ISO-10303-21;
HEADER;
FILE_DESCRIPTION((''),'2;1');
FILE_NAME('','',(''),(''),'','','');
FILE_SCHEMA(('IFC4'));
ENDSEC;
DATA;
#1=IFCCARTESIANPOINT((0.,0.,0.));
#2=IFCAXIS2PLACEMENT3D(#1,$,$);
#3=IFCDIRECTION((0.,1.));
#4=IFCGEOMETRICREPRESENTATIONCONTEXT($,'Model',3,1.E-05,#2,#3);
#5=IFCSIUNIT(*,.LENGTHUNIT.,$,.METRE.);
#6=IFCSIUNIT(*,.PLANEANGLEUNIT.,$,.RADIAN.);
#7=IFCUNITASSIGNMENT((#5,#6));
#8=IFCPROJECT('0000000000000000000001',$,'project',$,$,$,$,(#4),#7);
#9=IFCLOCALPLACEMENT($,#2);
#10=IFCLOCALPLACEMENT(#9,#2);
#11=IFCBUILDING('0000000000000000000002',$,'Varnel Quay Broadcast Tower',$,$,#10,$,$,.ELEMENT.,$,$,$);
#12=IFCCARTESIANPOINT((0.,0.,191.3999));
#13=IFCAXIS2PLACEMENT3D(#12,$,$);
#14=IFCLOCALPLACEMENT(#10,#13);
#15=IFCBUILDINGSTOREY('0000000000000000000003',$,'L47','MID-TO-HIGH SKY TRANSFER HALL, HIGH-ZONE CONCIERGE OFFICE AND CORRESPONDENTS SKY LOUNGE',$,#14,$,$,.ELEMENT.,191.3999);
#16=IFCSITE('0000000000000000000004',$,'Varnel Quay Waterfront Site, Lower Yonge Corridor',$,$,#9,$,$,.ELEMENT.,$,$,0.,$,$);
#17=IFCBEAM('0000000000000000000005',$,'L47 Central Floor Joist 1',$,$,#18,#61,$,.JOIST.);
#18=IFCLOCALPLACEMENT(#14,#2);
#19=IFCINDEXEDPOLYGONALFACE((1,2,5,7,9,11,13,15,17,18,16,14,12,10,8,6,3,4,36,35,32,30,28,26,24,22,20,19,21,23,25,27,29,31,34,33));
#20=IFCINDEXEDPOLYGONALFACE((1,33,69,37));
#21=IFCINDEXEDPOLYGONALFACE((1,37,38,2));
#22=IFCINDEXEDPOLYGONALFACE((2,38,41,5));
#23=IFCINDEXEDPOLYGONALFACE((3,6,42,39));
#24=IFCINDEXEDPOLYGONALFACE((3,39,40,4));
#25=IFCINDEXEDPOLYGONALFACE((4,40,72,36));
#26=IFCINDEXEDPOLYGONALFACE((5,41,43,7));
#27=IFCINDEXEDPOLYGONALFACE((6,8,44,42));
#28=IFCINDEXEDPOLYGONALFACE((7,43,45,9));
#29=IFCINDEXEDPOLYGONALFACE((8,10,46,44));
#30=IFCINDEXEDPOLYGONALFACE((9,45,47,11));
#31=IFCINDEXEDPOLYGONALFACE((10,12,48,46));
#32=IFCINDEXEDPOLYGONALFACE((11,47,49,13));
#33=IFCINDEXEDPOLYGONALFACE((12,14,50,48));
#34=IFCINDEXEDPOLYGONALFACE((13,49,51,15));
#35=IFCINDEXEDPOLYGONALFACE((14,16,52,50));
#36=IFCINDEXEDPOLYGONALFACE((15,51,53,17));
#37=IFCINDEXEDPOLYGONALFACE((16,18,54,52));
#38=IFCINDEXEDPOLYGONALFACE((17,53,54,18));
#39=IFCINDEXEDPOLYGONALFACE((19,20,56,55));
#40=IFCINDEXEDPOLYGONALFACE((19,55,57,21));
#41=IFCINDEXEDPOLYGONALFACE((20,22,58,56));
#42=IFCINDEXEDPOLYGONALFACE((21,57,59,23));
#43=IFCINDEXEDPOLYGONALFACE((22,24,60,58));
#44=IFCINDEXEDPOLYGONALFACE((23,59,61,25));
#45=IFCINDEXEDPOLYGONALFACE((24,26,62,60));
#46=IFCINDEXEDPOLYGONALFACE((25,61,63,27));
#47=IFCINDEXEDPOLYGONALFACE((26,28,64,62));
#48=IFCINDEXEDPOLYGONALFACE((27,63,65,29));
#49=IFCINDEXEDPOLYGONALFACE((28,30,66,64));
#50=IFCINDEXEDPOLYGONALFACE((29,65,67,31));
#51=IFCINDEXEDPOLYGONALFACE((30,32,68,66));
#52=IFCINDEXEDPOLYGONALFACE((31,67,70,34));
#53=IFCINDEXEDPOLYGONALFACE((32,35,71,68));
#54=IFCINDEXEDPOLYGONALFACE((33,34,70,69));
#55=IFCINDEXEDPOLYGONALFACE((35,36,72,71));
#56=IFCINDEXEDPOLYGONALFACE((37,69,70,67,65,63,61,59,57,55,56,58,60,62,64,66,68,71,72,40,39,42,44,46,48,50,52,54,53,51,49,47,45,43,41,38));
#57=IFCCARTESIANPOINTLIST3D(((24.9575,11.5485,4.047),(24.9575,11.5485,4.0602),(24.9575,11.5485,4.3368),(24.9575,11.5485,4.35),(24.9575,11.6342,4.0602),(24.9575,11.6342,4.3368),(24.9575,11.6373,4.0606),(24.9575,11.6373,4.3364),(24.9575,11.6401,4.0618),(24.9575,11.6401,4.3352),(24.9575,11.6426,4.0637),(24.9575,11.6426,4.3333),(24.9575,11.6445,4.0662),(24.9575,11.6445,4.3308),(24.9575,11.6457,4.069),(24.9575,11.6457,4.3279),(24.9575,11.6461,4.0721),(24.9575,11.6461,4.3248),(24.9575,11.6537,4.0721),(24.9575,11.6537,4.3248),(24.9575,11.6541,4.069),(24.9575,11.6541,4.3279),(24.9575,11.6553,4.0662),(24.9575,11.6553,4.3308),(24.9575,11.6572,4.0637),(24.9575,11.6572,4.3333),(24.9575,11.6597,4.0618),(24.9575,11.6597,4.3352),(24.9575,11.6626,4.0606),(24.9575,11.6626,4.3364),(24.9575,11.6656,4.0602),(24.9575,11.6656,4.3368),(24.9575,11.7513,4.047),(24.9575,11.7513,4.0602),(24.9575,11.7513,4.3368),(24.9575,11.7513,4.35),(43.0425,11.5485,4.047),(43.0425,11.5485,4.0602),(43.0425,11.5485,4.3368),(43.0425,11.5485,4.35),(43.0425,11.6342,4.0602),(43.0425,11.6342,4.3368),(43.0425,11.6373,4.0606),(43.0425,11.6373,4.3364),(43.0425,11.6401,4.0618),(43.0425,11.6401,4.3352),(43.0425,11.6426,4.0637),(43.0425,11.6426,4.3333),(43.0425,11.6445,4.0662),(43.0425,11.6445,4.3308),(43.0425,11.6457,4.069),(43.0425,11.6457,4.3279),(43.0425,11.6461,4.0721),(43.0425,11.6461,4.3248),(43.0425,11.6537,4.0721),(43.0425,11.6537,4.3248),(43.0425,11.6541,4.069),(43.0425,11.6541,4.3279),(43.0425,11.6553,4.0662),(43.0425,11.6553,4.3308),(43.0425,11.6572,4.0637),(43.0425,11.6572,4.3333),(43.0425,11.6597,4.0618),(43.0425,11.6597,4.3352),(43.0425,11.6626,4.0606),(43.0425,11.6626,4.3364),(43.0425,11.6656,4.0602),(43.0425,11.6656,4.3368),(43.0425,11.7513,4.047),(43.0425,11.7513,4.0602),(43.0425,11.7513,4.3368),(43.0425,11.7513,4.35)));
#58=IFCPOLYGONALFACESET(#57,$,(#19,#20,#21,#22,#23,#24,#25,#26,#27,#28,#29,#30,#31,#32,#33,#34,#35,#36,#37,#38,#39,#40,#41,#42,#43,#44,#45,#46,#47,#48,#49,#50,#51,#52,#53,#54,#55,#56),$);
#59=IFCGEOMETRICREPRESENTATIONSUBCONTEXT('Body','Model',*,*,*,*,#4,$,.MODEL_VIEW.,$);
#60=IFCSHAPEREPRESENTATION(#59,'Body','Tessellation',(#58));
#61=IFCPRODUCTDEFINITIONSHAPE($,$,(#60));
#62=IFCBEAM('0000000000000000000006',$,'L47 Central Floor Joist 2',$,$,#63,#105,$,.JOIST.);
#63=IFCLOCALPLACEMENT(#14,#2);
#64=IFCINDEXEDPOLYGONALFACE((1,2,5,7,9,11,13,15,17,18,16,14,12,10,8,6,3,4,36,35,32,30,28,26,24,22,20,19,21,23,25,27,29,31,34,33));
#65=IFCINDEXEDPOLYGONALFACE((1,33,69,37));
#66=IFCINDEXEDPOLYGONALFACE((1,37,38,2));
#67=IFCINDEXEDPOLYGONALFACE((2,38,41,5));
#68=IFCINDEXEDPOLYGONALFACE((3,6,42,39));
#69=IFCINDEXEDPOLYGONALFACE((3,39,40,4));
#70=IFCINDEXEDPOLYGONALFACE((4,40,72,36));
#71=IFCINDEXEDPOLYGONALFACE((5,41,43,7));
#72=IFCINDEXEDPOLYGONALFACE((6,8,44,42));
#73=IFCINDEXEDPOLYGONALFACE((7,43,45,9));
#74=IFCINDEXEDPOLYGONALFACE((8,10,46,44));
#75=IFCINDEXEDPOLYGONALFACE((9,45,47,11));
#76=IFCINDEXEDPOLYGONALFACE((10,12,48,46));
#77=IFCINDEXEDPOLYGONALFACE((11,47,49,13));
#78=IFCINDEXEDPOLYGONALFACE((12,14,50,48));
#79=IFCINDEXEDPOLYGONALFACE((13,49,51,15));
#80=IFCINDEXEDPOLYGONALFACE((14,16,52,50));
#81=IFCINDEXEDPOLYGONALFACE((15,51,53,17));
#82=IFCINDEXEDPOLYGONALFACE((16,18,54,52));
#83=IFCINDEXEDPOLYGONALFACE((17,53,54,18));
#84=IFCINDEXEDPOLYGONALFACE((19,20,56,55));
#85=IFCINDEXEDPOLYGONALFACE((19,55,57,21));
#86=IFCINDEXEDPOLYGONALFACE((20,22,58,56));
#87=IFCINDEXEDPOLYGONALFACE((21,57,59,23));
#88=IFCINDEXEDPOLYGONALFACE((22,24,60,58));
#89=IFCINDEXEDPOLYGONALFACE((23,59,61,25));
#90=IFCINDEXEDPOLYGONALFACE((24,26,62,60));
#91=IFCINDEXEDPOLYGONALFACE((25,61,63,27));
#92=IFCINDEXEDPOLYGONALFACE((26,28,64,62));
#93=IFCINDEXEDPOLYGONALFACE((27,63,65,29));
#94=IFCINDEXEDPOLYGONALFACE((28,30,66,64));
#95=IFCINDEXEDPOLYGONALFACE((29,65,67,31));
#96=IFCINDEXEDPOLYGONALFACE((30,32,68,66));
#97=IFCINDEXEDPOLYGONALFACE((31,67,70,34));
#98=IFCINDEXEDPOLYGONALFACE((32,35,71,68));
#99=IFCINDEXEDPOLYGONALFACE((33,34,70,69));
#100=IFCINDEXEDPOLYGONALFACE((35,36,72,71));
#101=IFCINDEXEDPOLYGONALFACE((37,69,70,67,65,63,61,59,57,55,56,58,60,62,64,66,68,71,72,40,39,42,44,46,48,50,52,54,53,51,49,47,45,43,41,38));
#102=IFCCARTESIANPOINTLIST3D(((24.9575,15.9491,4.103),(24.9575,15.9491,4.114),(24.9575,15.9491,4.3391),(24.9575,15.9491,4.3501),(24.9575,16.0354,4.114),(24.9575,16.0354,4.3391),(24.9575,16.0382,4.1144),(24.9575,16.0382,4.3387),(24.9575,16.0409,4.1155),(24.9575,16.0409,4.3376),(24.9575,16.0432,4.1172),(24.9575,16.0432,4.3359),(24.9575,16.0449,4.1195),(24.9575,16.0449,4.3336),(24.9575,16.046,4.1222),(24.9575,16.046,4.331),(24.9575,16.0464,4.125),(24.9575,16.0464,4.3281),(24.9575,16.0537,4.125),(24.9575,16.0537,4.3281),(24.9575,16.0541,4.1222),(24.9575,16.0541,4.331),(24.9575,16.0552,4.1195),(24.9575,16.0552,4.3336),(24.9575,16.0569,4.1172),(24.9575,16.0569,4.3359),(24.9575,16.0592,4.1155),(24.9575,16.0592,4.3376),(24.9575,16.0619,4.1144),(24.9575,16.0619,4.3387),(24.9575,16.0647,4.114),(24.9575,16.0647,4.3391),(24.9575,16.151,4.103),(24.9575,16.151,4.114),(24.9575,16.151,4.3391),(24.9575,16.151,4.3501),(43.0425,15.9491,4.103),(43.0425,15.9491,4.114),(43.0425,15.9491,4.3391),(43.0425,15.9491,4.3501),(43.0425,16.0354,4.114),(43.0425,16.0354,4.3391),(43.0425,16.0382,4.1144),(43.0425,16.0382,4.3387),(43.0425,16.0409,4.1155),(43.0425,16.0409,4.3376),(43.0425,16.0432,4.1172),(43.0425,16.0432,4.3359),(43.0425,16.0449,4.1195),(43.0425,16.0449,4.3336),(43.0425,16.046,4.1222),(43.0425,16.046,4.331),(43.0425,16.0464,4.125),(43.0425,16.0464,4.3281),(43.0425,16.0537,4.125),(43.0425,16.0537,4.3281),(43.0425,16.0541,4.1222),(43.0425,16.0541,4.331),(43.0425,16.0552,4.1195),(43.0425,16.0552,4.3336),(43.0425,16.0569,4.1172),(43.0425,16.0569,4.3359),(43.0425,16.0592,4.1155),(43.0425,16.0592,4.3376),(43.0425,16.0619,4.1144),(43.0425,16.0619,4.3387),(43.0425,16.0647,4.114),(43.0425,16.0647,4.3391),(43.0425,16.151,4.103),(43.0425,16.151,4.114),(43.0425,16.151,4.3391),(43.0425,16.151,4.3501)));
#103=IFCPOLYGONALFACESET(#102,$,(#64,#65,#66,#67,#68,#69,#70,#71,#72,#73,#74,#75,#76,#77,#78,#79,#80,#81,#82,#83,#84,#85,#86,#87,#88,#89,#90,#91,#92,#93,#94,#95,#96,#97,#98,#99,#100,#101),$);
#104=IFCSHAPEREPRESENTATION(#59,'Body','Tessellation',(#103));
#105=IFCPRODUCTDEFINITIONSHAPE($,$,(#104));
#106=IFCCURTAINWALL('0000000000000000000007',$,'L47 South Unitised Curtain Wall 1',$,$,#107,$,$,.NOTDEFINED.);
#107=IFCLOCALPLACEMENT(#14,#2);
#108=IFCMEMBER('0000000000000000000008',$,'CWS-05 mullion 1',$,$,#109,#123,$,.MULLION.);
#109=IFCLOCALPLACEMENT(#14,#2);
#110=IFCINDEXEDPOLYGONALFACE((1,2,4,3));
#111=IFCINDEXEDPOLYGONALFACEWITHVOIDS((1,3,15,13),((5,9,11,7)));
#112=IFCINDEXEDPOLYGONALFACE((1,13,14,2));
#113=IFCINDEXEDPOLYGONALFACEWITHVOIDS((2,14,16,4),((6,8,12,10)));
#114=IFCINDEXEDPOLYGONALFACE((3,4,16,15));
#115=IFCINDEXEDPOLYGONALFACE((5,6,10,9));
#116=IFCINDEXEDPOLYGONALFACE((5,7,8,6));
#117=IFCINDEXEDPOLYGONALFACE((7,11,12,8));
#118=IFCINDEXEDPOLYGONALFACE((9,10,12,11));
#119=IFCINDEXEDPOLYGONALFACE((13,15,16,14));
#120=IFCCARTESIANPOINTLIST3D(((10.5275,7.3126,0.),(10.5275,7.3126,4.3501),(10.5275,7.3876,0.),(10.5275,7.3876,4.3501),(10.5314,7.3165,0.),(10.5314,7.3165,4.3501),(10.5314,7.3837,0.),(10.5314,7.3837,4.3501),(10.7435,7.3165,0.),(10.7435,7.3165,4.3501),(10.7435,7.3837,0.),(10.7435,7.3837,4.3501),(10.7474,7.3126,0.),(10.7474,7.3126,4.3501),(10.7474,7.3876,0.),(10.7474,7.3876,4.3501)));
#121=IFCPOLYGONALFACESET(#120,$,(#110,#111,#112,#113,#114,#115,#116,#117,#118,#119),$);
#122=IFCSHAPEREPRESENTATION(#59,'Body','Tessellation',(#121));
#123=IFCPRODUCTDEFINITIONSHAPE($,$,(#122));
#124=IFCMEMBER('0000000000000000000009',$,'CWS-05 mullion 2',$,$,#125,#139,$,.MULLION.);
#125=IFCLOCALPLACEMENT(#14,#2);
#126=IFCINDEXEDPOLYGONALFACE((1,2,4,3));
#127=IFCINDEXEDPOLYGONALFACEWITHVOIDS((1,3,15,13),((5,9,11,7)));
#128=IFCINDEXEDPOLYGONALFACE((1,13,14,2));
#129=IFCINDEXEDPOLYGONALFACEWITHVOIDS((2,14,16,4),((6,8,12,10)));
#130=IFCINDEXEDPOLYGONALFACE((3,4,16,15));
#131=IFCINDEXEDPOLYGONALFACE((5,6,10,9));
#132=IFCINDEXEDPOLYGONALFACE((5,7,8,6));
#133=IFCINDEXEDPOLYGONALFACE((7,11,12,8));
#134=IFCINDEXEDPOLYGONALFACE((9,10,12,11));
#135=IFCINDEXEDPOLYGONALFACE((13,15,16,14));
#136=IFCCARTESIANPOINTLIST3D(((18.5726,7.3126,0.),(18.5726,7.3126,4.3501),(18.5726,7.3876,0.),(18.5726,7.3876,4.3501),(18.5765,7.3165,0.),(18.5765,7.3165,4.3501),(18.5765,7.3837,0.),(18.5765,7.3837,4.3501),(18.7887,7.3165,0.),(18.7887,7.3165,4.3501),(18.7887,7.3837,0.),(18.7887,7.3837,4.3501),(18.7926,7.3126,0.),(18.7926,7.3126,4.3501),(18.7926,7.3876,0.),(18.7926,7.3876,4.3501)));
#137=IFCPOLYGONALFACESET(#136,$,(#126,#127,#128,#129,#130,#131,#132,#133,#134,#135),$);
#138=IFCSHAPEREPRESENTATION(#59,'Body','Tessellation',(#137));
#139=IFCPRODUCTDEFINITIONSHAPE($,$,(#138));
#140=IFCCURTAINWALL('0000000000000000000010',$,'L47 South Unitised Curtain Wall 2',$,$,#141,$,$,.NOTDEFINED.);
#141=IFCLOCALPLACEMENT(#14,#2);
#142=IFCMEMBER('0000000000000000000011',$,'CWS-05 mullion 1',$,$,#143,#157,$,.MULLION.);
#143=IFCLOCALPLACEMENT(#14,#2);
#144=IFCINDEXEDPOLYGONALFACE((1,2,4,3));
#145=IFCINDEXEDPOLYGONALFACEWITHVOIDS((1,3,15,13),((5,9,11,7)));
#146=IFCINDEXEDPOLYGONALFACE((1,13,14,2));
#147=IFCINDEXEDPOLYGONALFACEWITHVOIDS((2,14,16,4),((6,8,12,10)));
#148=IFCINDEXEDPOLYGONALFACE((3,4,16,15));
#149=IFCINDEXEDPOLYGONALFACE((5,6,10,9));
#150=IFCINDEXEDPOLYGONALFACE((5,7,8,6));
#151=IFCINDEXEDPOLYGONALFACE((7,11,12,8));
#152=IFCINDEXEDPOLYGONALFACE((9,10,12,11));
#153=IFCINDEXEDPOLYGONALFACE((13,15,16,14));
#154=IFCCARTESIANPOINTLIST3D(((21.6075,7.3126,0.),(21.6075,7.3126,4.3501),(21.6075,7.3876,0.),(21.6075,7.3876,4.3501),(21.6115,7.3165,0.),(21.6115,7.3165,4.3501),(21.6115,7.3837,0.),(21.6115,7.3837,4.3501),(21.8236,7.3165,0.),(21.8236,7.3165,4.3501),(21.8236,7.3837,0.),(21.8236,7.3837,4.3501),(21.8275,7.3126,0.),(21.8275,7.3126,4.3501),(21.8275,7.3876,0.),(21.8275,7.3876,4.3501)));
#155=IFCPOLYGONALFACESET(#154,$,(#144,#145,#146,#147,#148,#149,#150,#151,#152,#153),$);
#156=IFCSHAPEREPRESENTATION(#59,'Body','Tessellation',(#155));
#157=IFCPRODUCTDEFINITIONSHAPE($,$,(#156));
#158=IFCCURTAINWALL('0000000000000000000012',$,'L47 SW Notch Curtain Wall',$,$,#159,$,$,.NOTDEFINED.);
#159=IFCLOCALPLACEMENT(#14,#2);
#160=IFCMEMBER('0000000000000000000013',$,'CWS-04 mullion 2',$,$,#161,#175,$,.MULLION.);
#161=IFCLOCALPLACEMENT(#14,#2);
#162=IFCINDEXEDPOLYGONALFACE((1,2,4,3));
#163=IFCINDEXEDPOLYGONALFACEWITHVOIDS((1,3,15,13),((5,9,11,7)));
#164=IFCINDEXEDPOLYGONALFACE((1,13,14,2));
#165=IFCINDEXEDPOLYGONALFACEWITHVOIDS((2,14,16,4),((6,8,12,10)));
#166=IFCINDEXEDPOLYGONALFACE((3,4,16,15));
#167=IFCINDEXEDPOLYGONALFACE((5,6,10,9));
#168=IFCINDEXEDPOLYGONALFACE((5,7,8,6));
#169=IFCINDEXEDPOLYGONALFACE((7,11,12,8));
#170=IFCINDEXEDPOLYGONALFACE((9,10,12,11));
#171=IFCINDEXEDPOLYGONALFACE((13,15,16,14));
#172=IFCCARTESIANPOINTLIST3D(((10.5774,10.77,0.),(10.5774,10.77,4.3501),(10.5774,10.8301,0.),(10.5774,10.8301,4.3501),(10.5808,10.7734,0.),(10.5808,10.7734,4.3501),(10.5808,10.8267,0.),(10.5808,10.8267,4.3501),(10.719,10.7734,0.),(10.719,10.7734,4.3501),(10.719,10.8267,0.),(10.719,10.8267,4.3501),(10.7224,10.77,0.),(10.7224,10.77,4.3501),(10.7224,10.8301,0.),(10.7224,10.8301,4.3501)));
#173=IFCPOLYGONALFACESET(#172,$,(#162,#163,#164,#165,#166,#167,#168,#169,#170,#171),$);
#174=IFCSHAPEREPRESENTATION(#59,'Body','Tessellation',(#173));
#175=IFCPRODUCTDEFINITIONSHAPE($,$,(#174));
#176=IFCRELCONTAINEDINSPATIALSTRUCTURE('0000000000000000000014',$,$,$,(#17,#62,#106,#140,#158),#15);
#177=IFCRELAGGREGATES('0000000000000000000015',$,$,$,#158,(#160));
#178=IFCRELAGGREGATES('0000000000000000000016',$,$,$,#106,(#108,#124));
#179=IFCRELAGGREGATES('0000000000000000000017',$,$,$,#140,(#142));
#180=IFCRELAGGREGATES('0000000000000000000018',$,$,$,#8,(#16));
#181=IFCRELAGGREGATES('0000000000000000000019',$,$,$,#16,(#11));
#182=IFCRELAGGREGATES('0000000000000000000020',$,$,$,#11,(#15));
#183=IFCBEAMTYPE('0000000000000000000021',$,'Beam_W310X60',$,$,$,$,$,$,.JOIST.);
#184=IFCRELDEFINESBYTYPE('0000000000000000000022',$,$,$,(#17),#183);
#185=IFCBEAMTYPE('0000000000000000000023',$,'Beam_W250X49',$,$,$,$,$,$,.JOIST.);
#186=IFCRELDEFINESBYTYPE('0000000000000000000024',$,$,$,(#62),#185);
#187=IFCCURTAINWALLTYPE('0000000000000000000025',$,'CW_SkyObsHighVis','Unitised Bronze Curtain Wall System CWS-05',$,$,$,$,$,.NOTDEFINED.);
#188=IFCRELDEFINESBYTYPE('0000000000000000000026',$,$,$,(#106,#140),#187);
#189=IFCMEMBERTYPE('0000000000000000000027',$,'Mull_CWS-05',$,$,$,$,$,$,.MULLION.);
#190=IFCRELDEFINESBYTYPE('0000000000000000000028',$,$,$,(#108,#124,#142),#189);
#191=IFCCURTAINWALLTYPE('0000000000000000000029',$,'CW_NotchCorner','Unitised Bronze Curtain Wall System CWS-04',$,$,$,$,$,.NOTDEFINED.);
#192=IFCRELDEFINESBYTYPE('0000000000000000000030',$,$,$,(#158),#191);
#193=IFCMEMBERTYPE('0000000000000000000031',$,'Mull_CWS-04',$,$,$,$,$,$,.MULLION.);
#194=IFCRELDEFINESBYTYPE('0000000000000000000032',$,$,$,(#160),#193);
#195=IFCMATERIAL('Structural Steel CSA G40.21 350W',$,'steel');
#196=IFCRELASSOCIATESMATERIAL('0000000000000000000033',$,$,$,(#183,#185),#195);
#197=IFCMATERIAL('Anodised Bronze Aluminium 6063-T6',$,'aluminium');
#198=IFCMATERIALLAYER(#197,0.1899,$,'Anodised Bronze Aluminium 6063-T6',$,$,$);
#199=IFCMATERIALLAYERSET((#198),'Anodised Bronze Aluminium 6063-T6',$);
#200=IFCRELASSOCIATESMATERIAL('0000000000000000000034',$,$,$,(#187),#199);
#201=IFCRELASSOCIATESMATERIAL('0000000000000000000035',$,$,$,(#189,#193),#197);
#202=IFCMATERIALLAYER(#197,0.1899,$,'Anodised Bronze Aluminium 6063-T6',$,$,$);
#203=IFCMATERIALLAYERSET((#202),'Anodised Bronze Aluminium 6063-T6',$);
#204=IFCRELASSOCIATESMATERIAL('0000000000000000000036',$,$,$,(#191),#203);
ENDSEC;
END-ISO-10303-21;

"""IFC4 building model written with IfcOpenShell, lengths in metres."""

from ifc_helpers import new_model, si_unit, direction, frame, origin, origin_2d, place, context, subcontext, project, spatial, hollow_rectangle, i_section, extrude, source, transform, mapped, material, layer, layer_set, material_profile, profile_set, type_object, type_shapes, element, aggregate, save


model = new_model("IFC4")

# Units and contexts
model_context = context("Model", 3, precision=1e-05, world=origin(), true_north=direction((0.0, 1.0)))
body_context = subcontext(model_context, "Body", "Model", "MODEL_VIEW")
ifc_project = project(units=[si_unit("LENGTHUNIT", "METRE"), si_unit("PLANEANGLEUNIT", "RADIAN")], contexts=[model_context])

# Site, building, storey
site_placement = place(None, origin())
site = spatial("IfcSite", under=ifc_project, at=site_placement, Name="Varnel Quay Waterfront Site, Lower Yonge Corridor", CompositionType="ELEMENT", RefElevation=0.0)
building_placement = place(site_placement, origin())
building = spatial("IfcBuilding", under=site, at=building_placement, Name="Varnel Quay Broadcast Tower", CompositionType="ELEMENT")
storey_placement = place(building_placement, frame((0.0, 0.0, 191.3999)))
storey = spatial("IfcBuildingStorey", under=building, at=storey_placement, Name="L47", Description="MID-TO-HIGH SKY TRANSFER HALL, HIGH-ZONE CONCIERGE OFFICE AND CORRESPONDENTS SKY LOUNGE", CompositionType="ELEMENT", Elevation=191.3999)

# Shared definitions
ifc_material_1 = material(Name="Structural Steel CSA G40.21 350W", Category="steel")

# Beams
ifc_material_profile_1 = material_profile(ifc_material_1, i_section(OverallWidth=0.2029, OverallDepth=0.303, WebThickness=0.0076, FlangeThickness=0.0132, FilletRadius=0.012, at=origin_2d()), Name="W310X60")
ifc_profile_set_1 = profile_set([ifc_material_profile_1], Name="Structural Steel CSA G40.21 350W")
beam_type_1 = type_object("IfcBeamType", Name="Beam_W310X60", PredefinedType="JOIST", material=ifc_profile_set_1)
shared_shape_1 = source(origin(), body_context, "Body", "SweptSolid", [
    extrude(i_section(OverallWidth=0.2029, OverallDepth=0.303, WebThickness=0.0076, FlangeThickness=0.0132, FilletRadius=0.012, at=origin_2d()), origin(), (0.0, 0.0, 1.0), 18.085),
])
type_shapes(beam_type_1, [shared_shape_1])
beam_1_placement = place(storey_placement, frame((24.9575, 11.6499, 4.1985), z_axis=(1.0, 0.0, 0.0), x_axis=(0.0, 1.0, 0.0)))
element("IfcBeam", 1, at=beam_1_placement, inside=storey, type_object=beam_type_1, Name="L47 Central Floor Joist 1", PredefinedType="JOIST", context=body_context, shape_type="MappedRepresentation", body=[
    mapped(shared_shape_1, transform((0.0, 0.0, 0.0), x_axis=(1.0, 0.0, 0.0), y_axis=(0.0, 1.0, 0.0), z_axis=(0.0, 0.0, 1.0), scale=1.0)),
])
ifc_material_profile_2 = material_profile(ifc_material_1, i_section(OverallWidth=0.2019, OverallDepth=0.2471, WebThickness=0.0073, FlangeThickness=0.011, FilletRadius=0.011, at=origin_2d()), Name="W250X49")
ifc_profile_set_2 = profile_set([ifc_material_profile_2], Name="Structural Steel CSA G40.21 350W")
beam_type_2 = type_object("IfcBeamType", Name="Beam_W250X49", PredefinedType="JOIST", material=ifc_profile_set_2)
shared_shape_2 = source(origin(), body_context, "Body", "SweptSolid", [
    extrude(i_section(OverallWidth=0.2019, OverallDepth=0.2471, WebThickness=0.0073, FlangeThickness=0.011, FilletRadius=0.011, at=origin_2d()), origin(), (0.0, 0.0, 1.0), 18.085),
])
type_shapes(beam_type_2, [shared_shape_2])
beam_2_placement = place(storey_placement, frame((24.9575, 16.05, 4.2266), z_axis=(1.0, 0.0, 0.0), x_axis=(0.0, 1.0, 0.0)))
element("IfcBeam", 2, at=beam_2_placement, inside=storey, type_object=beam_type_2, Name="L47 Central Floor Joist 2", PredefinedType="JOIST", context=body_context, shape_type="MappedRepresentation", body=[
    mapped(shared_shape_2, transform((0.0, 0.0, 0.0), x_axis=(1.0, 0.0, 0.0), y_axis=(0.0, 1.0, 0.0), z_axis=(0.0, 0.0, 1.0), scale=1.0)),
])

# Curtain wall, members
ifc_material_2 = material(Name="Anodised Bronze Aluminium 6063-T6", Category="aluminium")
ifc_layer_1 = layer(ifc_material_2, 0.1899, Name="Anodised Bronze Aluminium 6063-T6")
ifc_layer_set_1 = layer_set([ifc_layer_1], Name="Anodised Bronze Aluminium 6063-T6")
curtain_wall_type_1 = type_object("IfcCurtainWallType", Name="CW_SkyObsHighVis", Description="Unitised Bronze Curtain Wall System CWS-05", PredefinedType="NOTDEFINED", material=ifc_layer_set_1)
curtain_wall_1_placement = place(storey_placement, origin())
curtain_wall_1 = element("IfcCurtainWall", 3, at=curtain_wall_1_placement, inside=storey, type_object=curtain_wall_type_1, Name="L47 South Unitised Curtain Wall 1", PredefinedType="NOTDEFINED")
ifc_material_profile_3 = material_profile(ifc_material_2, hollow_rectangle(XDim=0.075, YDim=0.22, WallThickness=0.0039, at=origin_2d()), Name="ALU75X220X4")
ifc_profile_set_3 = profile_set([ifc_material_profile_3], Name="Anodised Bronze Aluminium 6063-T6")
member_type_1 = type_object("IfcMemberType", Name="Mull_CWS-05", PredefinedType="MULLION", material=ifc_profile_set_3)
shared_shape_3 = source(origin(), body_context, "Body", "SweptSolid", [
    extrude(hollow_rectangle(XDim=0.075, YDim=0.22, WallThickness=0.0039, at=origin_2d()), origin(), (0.0, 0.0, 1.0), 4.3501),
])
type_shapes(member_type_1, [shared_shape_3])
member_1_placement = place(storey_placement, frame((10.6375, 7.3501, 0.0), z_axis=(0.0, 0.0, 1.0), x_axis=(0.0, 1.0, 0.0)))
member_1 = element("IfcMember", 4, at=member_1_placement, type_object=member_type_1, Name="CWS-05 mullion 1", PredefinedType="MULLION", context=body_context, shape_type="MappedRepresentation", body=[
    mapped(shared_shape_3, transform((0.0, 0.0, 0.0), x_axis=(1.0, 0.0, 0.0), y_axis=(0.0, 1.0, 0.0), z_axis=(0.0, 0.0, 1.0), scale=1.0)),
])
member_2_placement = place(storey_placement, frame((18.6826, 7.3501, 0.0), z_axis=(0.0, 0.0, 1.0), x_axis=(0.0, 1.0, 0.0)))
member_2 = element("IfcMember", 5, at=member_2_placement, type_object=member_type_1, Name="CWS-05 mullion 2", PredefinedType="MULLION", context=body_context, shape_type="MappedRepresentation", body=[
    mapped(shared_shape_3, transform((0.0, 0.0, 0.0), x_axis=(1.0, 0.0, 0.0), y_axis=(0.0, 1.0, 0.0), z_axis=(0.0, 0.0, 1.0), scale=1.0)),
])

# Curtain walls, members
curtain_wall_2_placement = place(storey_placement, origin())
curtain_wall_2 = element("IfcCurtainWall", 6, at=curtain_wall_2_placement, inside=storey, type_object=curtain_wall_type_1, Name="L47 South Unitised Curtain Wall 2", PredefinedType="NOTDEFINED")
member_3_placement = place(storey_placement, frame((21.7175, 7.3501, 0.0), z_axis=(0.0, 0.0, 1.0), x_axis=(0.0, 1.0, 0.0)))
member_3 = element("IfcMember", 7, at=member_3_placement, type_object=member_type_1, Name="CWS-05 mullion 1", PredefinedType="MULLION", context=body_context, shape_type="MappedRepresentation", body=[
    mapped(shared_shape_3, transform((0.0, 0.0, 0.0), x_axis=(1.0, 0.0, 0.0), y_axis=(0.0, 1.0, 0.0), z_axis=(0.0, 0.0, 1.0), scale=1.0)),
])
ifc_layer_2 = layer(ifc_material_2, 0.1899, Name="Anodised Bronze Aluminium 6063-T6")
ifc_layer_set_2 = layer_set([ifc_layer_2], Name="Anodised Bronze Aluminium 6063-T6")
curtain_wall_type_2 = type_object("IfcCurtainWallType", Name="CW_NotchCorner", Description="Unitised Bronze Curtain Wall System CWS-04", PredefinedType="NOTDEFINED", material=ifc_layer_set_2)
curtain_wall_3_placement = place(storey_placement, origin())
curtain_wall_3 = element("IfcCurtainWall", 8, at=curtain_wall_3_placement, inside=storey, type_object=curtain_wall_type_2, Name="L47 SW Notch Curtain Wall", PredefinedType="NOTDEFINED")
ifc_material_profile_4 = material_profile(ifc_material_2, hollow_rectangle(XDim=0.0601, YDim=0.145, WallThickness=0.0034, at=origin_2d()), Name="ALU60X145X3.5")
ifc_profile_set_4 = profile_set([ifc_material_profile_4], Name="Anodised Bronze Aluminium 6063-T6")
member_type_2 = type_object("IfcMemberType", Name="Mull_CWS-04", PredefinedType="MULLION", material=ifc_profile_set_4)
shared_shape_4 = source(origin(), body_context, "Body", "SweptSolid", [
    extrude(hollow_rectangle(XDim=0.0601, YDim=0.145, WallThickness=0.0034, at=origin_2d()), origin(), (0.0, 0.0, 1.0), 4.3501),
])
type_shapes(member_type_2, [shared_shape_4])
member_4_placement = place(storey_placement, frame((10.6499, 10.8, 0.0), z_axis=(0.0, 0.0, 1.0), x_axis=(0.0, 1.0, 0.0)))
member_4 = element("IfcMember", 9, at=member_4_placement, type_object=member_type_2, Name="CWS-04 mullion 2", PredefinedType="MULLION", context=body_context, shape_type="MappedRepresentation", body=[
    mapped(shared_shape_4, transform((0.0, 0.0, 0.0), x_axis=(1.0, 0.0, 0.0), y_axis=(0.0, 1.0, 0.0), z_axis=(0.0, 0.0, 1.0), scale=1.0)),
])
aggregate(curtain_wall_3, [member_4])

aggregate(curtain_wall_1, [member_1, member_2])
aggregate(curtain_wall_2, [member_3])

save(model, "model.ifc")
